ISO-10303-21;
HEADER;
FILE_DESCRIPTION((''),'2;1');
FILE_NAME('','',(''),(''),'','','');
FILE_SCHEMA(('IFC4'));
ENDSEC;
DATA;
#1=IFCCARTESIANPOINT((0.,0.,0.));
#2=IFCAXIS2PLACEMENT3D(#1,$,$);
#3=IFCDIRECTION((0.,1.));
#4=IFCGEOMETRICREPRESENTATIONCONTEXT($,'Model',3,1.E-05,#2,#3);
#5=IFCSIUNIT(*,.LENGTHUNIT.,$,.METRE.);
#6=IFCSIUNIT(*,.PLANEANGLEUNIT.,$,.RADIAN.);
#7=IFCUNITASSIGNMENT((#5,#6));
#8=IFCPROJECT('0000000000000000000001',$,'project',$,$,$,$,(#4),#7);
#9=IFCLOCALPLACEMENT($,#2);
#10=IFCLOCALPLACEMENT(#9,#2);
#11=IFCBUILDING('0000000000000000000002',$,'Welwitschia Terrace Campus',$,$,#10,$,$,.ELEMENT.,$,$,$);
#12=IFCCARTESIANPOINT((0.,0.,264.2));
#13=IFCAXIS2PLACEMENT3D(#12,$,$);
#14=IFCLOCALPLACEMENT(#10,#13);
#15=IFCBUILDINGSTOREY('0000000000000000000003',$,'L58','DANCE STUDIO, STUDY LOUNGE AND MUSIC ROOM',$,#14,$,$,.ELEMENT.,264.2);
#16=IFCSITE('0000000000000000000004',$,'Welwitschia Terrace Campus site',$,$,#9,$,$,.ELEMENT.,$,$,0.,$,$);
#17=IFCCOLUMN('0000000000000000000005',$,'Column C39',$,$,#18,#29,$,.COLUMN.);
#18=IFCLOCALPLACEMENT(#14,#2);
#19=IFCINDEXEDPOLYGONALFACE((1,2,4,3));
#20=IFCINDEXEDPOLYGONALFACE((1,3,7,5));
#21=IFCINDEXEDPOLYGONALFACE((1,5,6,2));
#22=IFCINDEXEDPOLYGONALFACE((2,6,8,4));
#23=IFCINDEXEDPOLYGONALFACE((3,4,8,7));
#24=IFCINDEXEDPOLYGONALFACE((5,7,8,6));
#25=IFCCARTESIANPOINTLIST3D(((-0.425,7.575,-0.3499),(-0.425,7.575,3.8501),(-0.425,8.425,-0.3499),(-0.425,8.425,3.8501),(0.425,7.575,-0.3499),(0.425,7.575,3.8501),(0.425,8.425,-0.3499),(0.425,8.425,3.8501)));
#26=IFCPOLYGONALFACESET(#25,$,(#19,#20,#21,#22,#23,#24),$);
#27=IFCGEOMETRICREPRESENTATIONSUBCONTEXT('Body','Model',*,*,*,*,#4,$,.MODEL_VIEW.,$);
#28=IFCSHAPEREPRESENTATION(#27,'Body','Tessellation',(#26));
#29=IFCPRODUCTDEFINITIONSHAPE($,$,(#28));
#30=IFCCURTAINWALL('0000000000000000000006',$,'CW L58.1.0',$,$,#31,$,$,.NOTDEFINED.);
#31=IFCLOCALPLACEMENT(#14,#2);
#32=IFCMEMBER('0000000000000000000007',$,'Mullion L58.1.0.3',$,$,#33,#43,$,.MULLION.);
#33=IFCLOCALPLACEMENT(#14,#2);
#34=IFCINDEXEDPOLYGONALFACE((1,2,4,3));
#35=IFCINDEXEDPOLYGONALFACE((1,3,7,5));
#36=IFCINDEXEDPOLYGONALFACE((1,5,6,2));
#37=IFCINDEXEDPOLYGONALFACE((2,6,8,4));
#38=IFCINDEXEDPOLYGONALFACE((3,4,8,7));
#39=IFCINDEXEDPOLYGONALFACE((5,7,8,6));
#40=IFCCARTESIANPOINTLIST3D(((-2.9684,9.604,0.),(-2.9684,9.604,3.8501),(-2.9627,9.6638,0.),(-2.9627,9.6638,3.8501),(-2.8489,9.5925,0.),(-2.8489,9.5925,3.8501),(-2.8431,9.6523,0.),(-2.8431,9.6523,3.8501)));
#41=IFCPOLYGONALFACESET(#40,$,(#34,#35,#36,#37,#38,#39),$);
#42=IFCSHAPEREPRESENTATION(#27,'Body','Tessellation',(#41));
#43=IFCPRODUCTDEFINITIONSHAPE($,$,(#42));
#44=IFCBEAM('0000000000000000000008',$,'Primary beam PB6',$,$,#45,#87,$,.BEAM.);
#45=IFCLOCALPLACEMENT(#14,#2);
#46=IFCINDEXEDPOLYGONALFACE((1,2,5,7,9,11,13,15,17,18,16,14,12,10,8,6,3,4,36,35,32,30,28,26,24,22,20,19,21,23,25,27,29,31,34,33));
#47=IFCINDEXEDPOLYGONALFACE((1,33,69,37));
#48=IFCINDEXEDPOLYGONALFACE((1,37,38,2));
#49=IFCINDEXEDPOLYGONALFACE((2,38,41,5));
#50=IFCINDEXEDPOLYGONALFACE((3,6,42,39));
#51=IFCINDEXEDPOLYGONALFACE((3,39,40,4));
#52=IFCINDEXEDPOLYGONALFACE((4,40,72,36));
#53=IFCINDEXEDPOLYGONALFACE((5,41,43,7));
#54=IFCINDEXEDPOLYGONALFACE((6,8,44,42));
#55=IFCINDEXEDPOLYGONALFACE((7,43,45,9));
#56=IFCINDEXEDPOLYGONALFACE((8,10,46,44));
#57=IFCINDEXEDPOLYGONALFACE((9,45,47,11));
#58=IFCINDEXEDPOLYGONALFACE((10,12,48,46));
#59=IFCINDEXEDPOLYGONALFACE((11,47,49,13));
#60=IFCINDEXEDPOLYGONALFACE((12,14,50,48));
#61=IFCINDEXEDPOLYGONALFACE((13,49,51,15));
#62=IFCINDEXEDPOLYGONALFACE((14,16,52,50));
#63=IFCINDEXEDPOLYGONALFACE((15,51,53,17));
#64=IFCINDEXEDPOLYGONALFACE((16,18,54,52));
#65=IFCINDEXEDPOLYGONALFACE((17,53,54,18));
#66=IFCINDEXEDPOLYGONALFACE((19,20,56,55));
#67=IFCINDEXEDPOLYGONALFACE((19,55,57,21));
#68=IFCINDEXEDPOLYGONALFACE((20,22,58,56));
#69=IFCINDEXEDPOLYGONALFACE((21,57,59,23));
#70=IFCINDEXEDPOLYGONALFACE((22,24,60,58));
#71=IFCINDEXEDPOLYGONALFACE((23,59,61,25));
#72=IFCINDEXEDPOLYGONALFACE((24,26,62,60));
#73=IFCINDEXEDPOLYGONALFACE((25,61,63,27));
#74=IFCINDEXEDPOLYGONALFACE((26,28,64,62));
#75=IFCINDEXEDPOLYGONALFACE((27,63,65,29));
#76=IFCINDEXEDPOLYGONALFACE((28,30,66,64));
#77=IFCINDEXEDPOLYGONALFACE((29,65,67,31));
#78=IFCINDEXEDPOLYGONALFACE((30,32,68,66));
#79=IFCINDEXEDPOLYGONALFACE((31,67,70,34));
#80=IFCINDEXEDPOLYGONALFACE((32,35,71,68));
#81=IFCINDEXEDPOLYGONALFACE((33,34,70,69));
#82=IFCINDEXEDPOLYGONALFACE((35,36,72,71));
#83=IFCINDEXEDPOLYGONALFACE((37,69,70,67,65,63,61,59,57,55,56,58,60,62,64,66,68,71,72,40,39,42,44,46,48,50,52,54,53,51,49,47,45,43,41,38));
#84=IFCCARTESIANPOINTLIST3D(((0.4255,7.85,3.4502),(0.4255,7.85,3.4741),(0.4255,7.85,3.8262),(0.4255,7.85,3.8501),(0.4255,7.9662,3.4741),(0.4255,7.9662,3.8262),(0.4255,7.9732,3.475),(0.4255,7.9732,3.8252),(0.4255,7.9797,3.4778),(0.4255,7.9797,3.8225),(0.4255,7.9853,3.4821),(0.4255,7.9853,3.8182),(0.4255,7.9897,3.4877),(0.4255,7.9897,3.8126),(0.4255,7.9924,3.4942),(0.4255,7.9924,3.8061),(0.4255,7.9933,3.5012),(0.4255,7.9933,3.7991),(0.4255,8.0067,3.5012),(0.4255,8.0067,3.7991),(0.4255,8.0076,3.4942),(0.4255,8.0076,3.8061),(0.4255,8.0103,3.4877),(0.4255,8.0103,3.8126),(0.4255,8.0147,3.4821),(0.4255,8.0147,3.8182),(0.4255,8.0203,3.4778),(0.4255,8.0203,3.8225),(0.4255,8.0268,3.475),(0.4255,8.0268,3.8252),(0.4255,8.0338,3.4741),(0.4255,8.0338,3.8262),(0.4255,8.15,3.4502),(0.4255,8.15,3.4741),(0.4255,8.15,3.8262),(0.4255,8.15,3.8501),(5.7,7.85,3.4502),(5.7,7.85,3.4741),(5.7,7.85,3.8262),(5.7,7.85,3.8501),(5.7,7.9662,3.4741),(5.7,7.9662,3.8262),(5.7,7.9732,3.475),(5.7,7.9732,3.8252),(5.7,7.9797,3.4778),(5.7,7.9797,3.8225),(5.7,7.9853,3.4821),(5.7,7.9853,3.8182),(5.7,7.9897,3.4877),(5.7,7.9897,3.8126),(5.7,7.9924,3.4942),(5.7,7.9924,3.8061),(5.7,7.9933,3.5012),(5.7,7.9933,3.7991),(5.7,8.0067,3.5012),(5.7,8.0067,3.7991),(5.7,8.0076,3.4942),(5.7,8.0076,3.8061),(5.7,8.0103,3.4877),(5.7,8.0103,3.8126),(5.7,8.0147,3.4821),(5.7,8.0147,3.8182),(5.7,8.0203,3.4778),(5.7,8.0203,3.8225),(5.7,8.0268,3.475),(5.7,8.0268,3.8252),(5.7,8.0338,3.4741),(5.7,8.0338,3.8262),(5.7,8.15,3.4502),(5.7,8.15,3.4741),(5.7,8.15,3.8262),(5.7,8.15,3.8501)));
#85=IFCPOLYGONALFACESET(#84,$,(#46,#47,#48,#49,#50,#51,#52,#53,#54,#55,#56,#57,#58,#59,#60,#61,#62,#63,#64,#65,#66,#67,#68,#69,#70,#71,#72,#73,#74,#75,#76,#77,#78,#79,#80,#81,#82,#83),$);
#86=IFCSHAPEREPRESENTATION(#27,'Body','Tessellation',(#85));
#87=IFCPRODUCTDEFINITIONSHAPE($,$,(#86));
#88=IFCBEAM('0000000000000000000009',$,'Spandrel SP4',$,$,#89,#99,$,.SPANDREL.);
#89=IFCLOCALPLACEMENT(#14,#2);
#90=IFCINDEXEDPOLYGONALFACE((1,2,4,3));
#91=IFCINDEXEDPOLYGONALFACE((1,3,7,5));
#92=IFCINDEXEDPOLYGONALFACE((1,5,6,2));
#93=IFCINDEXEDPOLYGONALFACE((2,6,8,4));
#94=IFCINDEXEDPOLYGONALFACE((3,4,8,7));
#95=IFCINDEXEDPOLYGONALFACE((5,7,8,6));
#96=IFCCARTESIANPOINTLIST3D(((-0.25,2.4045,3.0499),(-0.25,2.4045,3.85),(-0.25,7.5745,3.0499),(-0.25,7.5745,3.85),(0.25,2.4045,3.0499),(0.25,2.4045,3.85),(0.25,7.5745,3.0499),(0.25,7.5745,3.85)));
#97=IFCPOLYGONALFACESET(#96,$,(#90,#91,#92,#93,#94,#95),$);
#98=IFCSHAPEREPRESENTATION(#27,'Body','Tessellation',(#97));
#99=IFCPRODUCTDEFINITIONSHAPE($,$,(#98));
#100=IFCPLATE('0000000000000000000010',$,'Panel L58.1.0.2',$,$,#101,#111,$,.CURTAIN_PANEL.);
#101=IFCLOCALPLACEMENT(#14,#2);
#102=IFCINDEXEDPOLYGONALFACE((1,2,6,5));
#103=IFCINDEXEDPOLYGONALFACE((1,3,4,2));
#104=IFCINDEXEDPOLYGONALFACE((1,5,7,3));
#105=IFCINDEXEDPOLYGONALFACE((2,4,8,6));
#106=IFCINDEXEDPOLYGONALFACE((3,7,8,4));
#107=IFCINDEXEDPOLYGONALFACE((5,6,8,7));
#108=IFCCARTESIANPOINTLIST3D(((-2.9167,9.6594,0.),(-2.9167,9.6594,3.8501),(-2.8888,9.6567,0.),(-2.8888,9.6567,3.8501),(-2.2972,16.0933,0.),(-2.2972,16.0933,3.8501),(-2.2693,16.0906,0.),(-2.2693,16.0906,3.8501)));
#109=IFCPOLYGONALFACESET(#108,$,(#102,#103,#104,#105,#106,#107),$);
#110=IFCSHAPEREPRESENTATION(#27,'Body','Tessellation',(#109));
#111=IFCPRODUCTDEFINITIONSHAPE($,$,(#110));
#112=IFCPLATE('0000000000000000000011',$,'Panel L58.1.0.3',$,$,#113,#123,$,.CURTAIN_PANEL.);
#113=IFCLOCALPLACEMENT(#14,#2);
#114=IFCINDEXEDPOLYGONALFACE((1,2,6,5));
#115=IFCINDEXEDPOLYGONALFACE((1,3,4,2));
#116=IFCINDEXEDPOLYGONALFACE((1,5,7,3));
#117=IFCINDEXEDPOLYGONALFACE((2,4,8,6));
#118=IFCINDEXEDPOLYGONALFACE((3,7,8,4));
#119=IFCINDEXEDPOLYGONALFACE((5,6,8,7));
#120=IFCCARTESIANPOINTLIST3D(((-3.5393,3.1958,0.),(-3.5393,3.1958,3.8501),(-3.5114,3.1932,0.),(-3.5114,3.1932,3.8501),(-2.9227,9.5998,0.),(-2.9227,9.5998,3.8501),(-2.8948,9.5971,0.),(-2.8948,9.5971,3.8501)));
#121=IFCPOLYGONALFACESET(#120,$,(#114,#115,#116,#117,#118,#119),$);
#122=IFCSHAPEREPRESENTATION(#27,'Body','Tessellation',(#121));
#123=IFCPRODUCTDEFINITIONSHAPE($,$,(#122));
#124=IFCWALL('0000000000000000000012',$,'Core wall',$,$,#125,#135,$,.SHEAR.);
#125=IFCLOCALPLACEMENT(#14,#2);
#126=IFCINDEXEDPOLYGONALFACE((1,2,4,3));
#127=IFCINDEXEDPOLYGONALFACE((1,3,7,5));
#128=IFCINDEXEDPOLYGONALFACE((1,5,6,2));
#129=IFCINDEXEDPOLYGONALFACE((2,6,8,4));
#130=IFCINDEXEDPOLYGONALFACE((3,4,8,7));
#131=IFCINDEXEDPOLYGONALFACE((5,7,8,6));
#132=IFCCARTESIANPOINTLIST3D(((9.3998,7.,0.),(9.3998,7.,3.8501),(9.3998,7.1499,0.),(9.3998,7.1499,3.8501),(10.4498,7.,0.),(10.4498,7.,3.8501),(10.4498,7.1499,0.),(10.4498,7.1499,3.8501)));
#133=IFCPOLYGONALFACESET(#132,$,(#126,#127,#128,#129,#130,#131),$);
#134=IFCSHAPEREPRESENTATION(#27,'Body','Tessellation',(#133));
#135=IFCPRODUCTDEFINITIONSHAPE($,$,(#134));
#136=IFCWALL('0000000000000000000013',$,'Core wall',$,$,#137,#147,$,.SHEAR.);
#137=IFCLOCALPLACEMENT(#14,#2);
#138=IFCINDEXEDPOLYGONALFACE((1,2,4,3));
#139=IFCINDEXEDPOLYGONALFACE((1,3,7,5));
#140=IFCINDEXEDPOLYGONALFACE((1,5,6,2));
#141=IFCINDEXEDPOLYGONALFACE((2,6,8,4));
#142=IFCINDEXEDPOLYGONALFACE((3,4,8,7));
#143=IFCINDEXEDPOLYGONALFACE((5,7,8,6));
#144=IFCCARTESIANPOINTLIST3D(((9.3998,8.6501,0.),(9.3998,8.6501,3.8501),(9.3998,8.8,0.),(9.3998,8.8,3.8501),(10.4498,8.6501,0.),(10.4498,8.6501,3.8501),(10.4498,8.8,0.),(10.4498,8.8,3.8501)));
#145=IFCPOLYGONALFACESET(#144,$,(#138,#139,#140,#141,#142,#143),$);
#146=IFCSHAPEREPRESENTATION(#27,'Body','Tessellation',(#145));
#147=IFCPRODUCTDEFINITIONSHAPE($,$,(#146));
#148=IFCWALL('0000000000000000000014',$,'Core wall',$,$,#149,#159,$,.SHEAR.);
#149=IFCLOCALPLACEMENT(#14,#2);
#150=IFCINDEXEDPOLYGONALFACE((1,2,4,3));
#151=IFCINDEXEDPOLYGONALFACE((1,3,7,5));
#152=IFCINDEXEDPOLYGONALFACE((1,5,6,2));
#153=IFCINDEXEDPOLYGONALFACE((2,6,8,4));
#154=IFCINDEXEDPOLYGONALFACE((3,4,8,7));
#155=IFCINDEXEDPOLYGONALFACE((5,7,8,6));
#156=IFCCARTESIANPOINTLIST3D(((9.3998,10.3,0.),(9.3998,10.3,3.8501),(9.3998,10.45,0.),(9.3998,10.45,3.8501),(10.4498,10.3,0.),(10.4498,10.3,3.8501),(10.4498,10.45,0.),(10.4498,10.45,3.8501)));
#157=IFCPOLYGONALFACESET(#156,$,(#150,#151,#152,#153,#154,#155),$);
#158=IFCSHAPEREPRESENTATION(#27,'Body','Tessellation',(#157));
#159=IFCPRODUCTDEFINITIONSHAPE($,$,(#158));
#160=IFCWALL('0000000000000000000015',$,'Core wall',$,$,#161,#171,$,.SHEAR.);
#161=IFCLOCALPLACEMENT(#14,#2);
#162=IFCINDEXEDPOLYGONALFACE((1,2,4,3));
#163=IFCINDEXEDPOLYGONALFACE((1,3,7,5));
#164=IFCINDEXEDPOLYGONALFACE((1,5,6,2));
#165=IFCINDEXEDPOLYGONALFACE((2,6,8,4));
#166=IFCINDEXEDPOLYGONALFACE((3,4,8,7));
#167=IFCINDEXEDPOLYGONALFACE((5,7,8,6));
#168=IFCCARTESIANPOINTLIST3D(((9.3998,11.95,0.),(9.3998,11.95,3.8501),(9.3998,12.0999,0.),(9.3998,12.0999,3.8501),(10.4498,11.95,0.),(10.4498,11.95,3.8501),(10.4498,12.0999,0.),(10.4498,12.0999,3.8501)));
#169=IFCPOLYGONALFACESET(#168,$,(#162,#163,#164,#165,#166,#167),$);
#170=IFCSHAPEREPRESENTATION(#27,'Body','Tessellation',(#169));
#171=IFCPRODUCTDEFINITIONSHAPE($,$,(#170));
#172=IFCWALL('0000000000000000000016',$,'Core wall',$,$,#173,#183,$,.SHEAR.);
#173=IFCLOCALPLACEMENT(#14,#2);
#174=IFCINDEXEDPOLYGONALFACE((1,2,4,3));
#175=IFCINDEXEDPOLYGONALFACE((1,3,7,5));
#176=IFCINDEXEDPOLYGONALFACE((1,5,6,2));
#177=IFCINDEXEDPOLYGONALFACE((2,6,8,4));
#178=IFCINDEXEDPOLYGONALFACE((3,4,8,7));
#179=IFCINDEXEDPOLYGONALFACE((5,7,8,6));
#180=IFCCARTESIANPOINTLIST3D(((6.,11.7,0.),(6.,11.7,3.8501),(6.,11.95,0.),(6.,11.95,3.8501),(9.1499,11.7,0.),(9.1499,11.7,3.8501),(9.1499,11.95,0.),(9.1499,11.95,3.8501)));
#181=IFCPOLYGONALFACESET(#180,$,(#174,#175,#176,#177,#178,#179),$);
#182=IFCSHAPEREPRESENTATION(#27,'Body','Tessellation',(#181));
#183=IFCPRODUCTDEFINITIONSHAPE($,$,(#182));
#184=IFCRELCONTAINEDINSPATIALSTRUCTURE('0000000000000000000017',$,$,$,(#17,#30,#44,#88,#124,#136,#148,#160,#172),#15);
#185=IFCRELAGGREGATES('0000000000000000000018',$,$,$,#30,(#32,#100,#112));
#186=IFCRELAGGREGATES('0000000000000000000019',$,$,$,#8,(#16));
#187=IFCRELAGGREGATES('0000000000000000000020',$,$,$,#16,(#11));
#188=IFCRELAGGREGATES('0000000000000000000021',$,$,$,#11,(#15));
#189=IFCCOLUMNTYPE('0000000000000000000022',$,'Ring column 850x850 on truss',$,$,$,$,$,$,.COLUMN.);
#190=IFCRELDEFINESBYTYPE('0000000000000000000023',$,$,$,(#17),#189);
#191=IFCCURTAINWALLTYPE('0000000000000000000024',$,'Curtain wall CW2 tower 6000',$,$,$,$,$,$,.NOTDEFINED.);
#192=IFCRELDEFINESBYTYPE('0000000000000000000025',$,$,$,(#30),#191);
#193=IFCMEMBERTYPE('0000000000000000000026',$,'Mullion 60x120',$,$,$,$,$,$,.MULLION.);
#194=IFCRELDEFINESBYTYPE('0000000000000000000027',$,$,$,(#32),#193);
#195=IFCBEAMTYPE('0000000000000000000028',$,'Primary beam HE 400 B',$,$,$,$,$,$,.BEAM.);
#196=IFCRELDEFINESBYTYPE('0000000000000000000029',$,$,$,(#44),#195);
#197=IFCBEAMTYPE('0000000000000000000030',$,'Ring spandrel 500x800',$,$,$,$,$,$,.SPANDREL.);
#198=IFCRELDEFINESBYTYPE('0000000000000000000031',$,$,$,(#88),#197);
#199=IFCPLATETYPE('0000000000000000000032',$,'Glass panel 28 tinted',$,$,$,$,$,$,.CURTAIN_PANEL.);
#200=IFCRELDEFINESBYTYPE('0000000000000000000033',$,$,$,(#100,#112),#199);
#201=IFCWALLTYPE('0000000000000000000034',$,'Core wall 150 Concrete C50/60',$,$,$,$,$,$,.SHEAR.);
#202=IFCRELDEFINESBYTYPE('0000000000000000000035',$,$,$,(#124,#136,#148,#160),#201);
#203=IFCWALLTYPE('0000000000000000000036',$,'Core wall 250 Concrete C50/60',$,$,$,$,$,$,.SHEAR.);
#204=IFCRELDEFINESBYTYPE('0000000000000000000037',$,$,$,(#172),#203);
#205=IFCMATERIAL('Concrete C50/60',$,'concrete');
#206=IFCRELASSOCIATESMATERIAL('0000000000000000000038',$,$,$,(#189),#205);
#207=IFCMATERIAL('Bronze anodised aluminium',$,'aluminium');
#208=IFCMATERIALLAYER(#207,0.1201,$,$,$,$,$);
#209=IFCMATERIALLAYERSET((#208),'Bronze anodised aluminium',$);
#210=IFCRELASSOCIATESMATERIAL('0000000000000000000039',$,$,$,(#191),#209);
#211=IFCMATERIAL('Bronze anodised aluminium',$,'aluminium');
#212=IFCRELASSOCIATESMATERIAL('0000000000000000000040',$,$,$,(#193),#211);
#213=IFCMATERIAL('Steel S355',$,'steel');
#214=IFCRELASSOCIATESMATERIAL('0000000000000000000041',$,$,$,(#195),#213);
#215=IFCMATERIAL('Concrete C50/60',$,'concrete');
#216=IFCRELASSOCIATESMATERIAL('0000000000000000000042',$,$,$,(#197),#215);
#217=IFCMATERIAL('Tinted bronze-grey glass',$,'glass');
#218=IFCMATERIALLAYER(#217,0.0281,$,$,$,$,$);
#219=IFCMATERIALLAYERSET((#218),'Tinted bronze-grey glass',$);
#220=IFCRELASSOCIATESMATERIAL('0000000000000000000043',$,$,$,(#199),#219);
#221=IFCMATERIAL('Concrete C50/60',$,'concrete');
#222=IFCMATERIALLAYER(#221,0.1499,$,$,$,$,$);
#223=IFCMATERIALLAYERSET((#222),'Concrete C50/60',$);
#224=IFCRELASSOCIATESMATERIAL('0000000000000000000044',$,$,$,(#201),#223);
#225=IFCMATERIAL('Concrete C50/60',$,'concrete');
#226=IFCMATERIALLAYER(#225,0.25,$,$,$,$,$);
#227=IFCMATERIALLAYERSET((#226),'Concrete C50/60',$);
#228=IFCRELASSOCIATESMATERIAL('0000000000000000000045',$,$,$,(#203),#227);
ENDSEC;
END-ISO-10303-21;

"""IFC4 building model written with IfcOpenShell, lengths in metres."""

from ifc_helpers import new_model, si_unit, direction, frame, frame_2d, origin, origin_2d, place, context, subcontext, project, spatial, rectangle, i_section, extrude, material, layer, layer_set, material_profile, profile_set, type_object, element, aggregate, save


model = new_model("IFC4")

# Units and contexts
model_context = context("Model", 3, precision=1e-05, world=origin(), true_north=direction((0.0, 1.0)))
body_context = subcontext(model_context, "Body", "Model", "MODEL_VIEW")
ifc_project = project(units=[si_unit("LENGTHUNIT", "METRE"), si_unit("PLANEANGLEUNIT", "RADIAN")], contexts=[model_context])

# Site, building, storey
site_placement = place(None, origin())
site = spatial("IfcSite", under=ifc_project, at=site_placement, Name="Welwitschia Terrace Campus site", CompositionType="ELEMENT", RefElevation=0.0)
building_placement = place(site_placement, origin())
building = spatial("IfcBuilding", under=site, at=building_placement, Name="Welwitschia Terrace Campus", CompositionType="ELEMENT")
storey_placement = place(building_placement, frame((0.0, 0.0, 264.2)))
storey = spatial("IfcBuildingStorey", under=building, at=storey_placement, Name="L58", Description="DANCE STUDIO, STUDY LOUNGE AND MUSIC ROOM", CompositionType="ELEMENT", Elevation=264.2)

# Column
ifc_material_1 = material(Name="Concrete C50/60", Category="concrete")
ifc_material_profile_1 = material_profile(ifc_material_1, rectangle(XDim=0.8501, YDim=0.8501, at=origin_2d()))
ifc_profile_set_1 = profile_set([ifc_material_profile_1], Name="Concrete C50/60")
column_type = type_object("IfcColumnType", Name="Ring column 850x850 on truss", PredefinedType="COLUMN", material=ifc_profile_set_1)
column_placement = place(storey_placement, frame((0.0, 8.0, -0.3499), z_axis=(0.0, 0.0, 1.0), x_axis=(1.0, 0.0, 0.0)))
element("IfcColumn", 1, at=column_placement, inside=storey, type_object=column_type, Name="Column C39", PredefinedType="COLUMN", context=body_context, shape_type="SweptSolid", body=[
    extrude(rectangle(XDim=0.8501, YDim=0.8501, at=origin_2d()), origin(), (0.0, 0.0, 1.0), 4.2),
])

# Curtain wall, member
ifc_material_2 = material(Name="Bronze anodised aluminium", Category="aluminium")
ifc_layer_1 = layer(ifc_material_2, 0.1201)
ifc_layer_set_1 = layer_set([ifc_layer_1], Name="Bronze anodised aluminium")
curtain_wall_type = type_object("IfcCurtainWallType", Name="Curtain wall CW2 tower 6000", PredefinedType="NOTDEFINED", material=ifc_layer_set_1)
curtain_wall_placement = place(storey_placement, origin())
curtain_wall = element("IfcCurtainWall", 2, at=curtain_wall_placement, inside=storey, type_object=curtain_wall_type, Name="CW L58.1.0", PredefinedType="NOTDEFINED")
ifc_material_3 = material(Name="Bronze anodised aluminium", Category="aluminium")
ifc_material_profile_2 = material_profile(ifc_material_3, rectangle(XDim=0.1201, YDim=0.0601, at=origin_2d()))
ifc_profile_set_2 = profile_set([ifc_material_profile_2], Name="Bronze anodised aluminium")
member_type = type_object("IfcMemberType", Name="Mullion 60x120", PredefinedType="MULLION", material=ifc_profile_set_2)
member_placement = place(storey_placement, frame((-2.9058, 9.6282, 0.0), z_axis=(0.0, 0.0, 1.0), x_axis=(0.995396, -0.095846, 0.0)))
member = element("IfcMember", 3, at=member_placement, type_object=member_type, Name="Mullion L58.1.0.3", PredefinedType="MULLION", context=body_context, shape_type="SweptSolid", body=[
    extrude(rectangle(XDim=0.1201, YDim=0.0601, at=origin_2d()), origin(), (0.0, 0.0, 1.0), 3.8501),
])

# Beams
ifc_material_4 = material(Name="Steel S355", Category="steel")
ifc_material_profile_3 = material_profile(ifc_material_4, i_section(OverallWidth=0.3, OverallDepth=0.3999, WebThickness=0.0134, FlangeThickness=0.0239, FilletRadius=0.0271, at=origin_2d()))
ifc_profile_set_3 = profile_set([ifc_material_profile_3], Name="Steel S355")
beam_type_1 = type_object("IfcBeamType", Name="Primary beam HE 400 B", PredefinedType="BEAM", material=ifc_profile_set_3)
beam_1_placement = place(storey_placement, frame((0.4255, 8.0, 3.6501), z_axis=(1.0, 0.0, 0.0), x_axis=(0.0, 1.0, 0.0)))
element("IfcBeam", 4, at=beam_1_placement, inside=storey, type_object=beam_type_1, Name="Primary beam PB6", PredefinedType="BEAM", context=body_context, shape_type="SweptSolid", body=[
    extrude(i_section(OverallWidth=0.3, OverallDepth=0.3999, WebThickness=0.0134, FlangeThickness=0.0239, FilletRadius=0.0271, at=origin_2d()), origin(), (0.0, 0.0, 1.0), 5.2744),
])
ifc_material_5 = material(Name="Concrete C50/60", Category="concrete")
ifc_material_profile_4 = material_profile(ifc_material_5, rectangle(XDim=0.5, YDim=0.8, at=origin_2d()))
ifc_profile_set_4 = profile_set([ifc_material_profile_4], Name="Concrete C50/60")
beam_type_2 = type_object("IfcBeamType", Name="Ring spandrel 500x800", PredefinedType="SPANDREL", material=ifc_profile_set_4)
beam_2_placement = place(storey_placement, frame((0.0, 7.5745, 3.45), z_axis=(0.0, -1.0, 0.0), x_axis=(1.0, 0.0, 0.0)))
element("IfcBeam", 5, at=beam_2_placement, inside=storey, type_object=beam_type_2, Name="Spandrel SP4", PredefinedType="SPANDREL", context=body_context, shape_type="SweptSolid", body=[
    extrude(rectangle(XDim=0.5, YDim=0.8, at=origin_2d()), origin(), (0.0, 0.0, 1.0), 5.1699),
])

# Plates
ifc_material_6 = material(Name="Tinted bronze-grey glass", Category="glass")
ifc_layer_2 = layer(ifc_material_6, 0.0281)
ifc_layer_set_2 = layer_set([ifc_layer_2], Name="Tinted bronze-grey glass")
plate_type = type_object("IfcPlateType", Name="Glass panel 28 tinted", PredefinedType="CURTAIN_PANEL", material=ifc_layer_set_2)
plate_1_placement = place(storey_placement, frame((-2.593, 12.875, 0.0), z_axis=(0.0, 0.0, 1.0), x_axis=(-0.095846, -0.995396, 0.0)))
plate_1 = element("IfcPlate", 6, at=plate_1_placement, type_object=plate_type, Name="Panel L58.1.0.2", PredefinedType="CURTAIN_PANEL", context=body_context, shape_type="SweptSolid", body=[
    extrude(rectangle(XDim=6.4636, YDim=0.0281, at=origin_2d()), origin(), (0.0, 0.0, 1.0), 3.8501),
])
plate_2_placement = place(storey_placement, frame((-3.217, 6.3965, 0.0), z_axis=(0.0, 0.0, 1.0), x_axis=(-0.095846, -0.995396, 0.0)))
plate_2 = element("IfcPlate", 7, at=plate_2_placement, type_object=plate_type, Name="Panel L58.1.0.3", PredefinedType="CURTAIN_PANEL", context=body_context, shape_type="SweptSolid", body=[
    extrude(rectangle(XDim=6.4336, YDim=0.0281, at=origin_2d()), origin(), (0.0, 0.0, 1.0), 3.8501),
])
aggregate(curtain_wall, [member, plate_1, plate_2])

# Walls
ifc_material_7 = material(Name="Concrete C50/60", Category="concrete")
ifc_layer_3 = layer(ifc_material_7, 0.1499)
ifc_layer_set_3 = layer_set([ifc_layer_3], Name="Concrete C50/60")
wall_type_1 = type_object("IfcWallType", Name="Core wall 150 Concrete C50/60", PredefinedType="SHEAR", material=ifc_layer_set_3)
for number, where, z_axis, x_axis, name in (
    (8, (9.3999, 7.075, 0.0), (0.0, 0.0, 1.0), (1.0, 0.0, 0.0), "Core wall"),
    (9, (9.3999, 8.7251, 0.0), (0.0, 0.0, 1.0), (1.0, 0.0, 0.0), "Core wall"),
    (10, (9.3999, 10.375, 0.0), (0.0, 0.0, 1.0), (1.0, 0.0, 0.0), "Core wall"),
    (11, (9.3999, 12.0249, 0.0), (0.0, 0.0, 1.0), (1.0, 0.0, 0.0), "Core wall"),
):
    element("IfcWall", number, at=place(storey_placement, frame(where, z_axis=z_axis, x_axis=x_axis)), inside=storey, type_object=wall_type_1, Name=name, PredefinedType="SHEAR", context=body_context, shape_type="SweptSolid", body=[
        extrude(rectangle(XDim=1.05, YDim=0.1499, at=frame_2d((0.5249, 0.0))), origin(), (0.0, 0.0, 1.0), 3.8501),
    ])
ifc_material_8 = material(Name="Concrete C50/60", Category="concrete")
ifc_layer_4 = layer(ifc_material_8, 0.25)
ifc_layer_set_4 = layer_set([ifc_layer_4], Name="Concrete C50/60")
wall_type_2 = type_object("IfcWallType", Name="Core wall 250 Concrete C50/60", PredefinedType="SHEAR", material=ifc_layer_set_4)
wall_1_placement = place(storey_placement, frame((6.0, 11.825, 0.0), z_axis=(0.0, 0.0, 1.0), x_axis=(1.0, 0.0, 0.0)))
element("IfcWall", 12, at=wall_1_placement, inside=storey, type_object=wall_type_2, Name="Core wall", PredefinedType="SHEAR", context=body_context, shape_type="SweptSolid", body=[
    extrude(rectangle(XDim=3.1499, YDim=0.25, at=frame_2d((1.575, 0.0))), origin(), (0.0, 0.0, 1.0), 3.8501),
])

save(model, "model.ifc")
